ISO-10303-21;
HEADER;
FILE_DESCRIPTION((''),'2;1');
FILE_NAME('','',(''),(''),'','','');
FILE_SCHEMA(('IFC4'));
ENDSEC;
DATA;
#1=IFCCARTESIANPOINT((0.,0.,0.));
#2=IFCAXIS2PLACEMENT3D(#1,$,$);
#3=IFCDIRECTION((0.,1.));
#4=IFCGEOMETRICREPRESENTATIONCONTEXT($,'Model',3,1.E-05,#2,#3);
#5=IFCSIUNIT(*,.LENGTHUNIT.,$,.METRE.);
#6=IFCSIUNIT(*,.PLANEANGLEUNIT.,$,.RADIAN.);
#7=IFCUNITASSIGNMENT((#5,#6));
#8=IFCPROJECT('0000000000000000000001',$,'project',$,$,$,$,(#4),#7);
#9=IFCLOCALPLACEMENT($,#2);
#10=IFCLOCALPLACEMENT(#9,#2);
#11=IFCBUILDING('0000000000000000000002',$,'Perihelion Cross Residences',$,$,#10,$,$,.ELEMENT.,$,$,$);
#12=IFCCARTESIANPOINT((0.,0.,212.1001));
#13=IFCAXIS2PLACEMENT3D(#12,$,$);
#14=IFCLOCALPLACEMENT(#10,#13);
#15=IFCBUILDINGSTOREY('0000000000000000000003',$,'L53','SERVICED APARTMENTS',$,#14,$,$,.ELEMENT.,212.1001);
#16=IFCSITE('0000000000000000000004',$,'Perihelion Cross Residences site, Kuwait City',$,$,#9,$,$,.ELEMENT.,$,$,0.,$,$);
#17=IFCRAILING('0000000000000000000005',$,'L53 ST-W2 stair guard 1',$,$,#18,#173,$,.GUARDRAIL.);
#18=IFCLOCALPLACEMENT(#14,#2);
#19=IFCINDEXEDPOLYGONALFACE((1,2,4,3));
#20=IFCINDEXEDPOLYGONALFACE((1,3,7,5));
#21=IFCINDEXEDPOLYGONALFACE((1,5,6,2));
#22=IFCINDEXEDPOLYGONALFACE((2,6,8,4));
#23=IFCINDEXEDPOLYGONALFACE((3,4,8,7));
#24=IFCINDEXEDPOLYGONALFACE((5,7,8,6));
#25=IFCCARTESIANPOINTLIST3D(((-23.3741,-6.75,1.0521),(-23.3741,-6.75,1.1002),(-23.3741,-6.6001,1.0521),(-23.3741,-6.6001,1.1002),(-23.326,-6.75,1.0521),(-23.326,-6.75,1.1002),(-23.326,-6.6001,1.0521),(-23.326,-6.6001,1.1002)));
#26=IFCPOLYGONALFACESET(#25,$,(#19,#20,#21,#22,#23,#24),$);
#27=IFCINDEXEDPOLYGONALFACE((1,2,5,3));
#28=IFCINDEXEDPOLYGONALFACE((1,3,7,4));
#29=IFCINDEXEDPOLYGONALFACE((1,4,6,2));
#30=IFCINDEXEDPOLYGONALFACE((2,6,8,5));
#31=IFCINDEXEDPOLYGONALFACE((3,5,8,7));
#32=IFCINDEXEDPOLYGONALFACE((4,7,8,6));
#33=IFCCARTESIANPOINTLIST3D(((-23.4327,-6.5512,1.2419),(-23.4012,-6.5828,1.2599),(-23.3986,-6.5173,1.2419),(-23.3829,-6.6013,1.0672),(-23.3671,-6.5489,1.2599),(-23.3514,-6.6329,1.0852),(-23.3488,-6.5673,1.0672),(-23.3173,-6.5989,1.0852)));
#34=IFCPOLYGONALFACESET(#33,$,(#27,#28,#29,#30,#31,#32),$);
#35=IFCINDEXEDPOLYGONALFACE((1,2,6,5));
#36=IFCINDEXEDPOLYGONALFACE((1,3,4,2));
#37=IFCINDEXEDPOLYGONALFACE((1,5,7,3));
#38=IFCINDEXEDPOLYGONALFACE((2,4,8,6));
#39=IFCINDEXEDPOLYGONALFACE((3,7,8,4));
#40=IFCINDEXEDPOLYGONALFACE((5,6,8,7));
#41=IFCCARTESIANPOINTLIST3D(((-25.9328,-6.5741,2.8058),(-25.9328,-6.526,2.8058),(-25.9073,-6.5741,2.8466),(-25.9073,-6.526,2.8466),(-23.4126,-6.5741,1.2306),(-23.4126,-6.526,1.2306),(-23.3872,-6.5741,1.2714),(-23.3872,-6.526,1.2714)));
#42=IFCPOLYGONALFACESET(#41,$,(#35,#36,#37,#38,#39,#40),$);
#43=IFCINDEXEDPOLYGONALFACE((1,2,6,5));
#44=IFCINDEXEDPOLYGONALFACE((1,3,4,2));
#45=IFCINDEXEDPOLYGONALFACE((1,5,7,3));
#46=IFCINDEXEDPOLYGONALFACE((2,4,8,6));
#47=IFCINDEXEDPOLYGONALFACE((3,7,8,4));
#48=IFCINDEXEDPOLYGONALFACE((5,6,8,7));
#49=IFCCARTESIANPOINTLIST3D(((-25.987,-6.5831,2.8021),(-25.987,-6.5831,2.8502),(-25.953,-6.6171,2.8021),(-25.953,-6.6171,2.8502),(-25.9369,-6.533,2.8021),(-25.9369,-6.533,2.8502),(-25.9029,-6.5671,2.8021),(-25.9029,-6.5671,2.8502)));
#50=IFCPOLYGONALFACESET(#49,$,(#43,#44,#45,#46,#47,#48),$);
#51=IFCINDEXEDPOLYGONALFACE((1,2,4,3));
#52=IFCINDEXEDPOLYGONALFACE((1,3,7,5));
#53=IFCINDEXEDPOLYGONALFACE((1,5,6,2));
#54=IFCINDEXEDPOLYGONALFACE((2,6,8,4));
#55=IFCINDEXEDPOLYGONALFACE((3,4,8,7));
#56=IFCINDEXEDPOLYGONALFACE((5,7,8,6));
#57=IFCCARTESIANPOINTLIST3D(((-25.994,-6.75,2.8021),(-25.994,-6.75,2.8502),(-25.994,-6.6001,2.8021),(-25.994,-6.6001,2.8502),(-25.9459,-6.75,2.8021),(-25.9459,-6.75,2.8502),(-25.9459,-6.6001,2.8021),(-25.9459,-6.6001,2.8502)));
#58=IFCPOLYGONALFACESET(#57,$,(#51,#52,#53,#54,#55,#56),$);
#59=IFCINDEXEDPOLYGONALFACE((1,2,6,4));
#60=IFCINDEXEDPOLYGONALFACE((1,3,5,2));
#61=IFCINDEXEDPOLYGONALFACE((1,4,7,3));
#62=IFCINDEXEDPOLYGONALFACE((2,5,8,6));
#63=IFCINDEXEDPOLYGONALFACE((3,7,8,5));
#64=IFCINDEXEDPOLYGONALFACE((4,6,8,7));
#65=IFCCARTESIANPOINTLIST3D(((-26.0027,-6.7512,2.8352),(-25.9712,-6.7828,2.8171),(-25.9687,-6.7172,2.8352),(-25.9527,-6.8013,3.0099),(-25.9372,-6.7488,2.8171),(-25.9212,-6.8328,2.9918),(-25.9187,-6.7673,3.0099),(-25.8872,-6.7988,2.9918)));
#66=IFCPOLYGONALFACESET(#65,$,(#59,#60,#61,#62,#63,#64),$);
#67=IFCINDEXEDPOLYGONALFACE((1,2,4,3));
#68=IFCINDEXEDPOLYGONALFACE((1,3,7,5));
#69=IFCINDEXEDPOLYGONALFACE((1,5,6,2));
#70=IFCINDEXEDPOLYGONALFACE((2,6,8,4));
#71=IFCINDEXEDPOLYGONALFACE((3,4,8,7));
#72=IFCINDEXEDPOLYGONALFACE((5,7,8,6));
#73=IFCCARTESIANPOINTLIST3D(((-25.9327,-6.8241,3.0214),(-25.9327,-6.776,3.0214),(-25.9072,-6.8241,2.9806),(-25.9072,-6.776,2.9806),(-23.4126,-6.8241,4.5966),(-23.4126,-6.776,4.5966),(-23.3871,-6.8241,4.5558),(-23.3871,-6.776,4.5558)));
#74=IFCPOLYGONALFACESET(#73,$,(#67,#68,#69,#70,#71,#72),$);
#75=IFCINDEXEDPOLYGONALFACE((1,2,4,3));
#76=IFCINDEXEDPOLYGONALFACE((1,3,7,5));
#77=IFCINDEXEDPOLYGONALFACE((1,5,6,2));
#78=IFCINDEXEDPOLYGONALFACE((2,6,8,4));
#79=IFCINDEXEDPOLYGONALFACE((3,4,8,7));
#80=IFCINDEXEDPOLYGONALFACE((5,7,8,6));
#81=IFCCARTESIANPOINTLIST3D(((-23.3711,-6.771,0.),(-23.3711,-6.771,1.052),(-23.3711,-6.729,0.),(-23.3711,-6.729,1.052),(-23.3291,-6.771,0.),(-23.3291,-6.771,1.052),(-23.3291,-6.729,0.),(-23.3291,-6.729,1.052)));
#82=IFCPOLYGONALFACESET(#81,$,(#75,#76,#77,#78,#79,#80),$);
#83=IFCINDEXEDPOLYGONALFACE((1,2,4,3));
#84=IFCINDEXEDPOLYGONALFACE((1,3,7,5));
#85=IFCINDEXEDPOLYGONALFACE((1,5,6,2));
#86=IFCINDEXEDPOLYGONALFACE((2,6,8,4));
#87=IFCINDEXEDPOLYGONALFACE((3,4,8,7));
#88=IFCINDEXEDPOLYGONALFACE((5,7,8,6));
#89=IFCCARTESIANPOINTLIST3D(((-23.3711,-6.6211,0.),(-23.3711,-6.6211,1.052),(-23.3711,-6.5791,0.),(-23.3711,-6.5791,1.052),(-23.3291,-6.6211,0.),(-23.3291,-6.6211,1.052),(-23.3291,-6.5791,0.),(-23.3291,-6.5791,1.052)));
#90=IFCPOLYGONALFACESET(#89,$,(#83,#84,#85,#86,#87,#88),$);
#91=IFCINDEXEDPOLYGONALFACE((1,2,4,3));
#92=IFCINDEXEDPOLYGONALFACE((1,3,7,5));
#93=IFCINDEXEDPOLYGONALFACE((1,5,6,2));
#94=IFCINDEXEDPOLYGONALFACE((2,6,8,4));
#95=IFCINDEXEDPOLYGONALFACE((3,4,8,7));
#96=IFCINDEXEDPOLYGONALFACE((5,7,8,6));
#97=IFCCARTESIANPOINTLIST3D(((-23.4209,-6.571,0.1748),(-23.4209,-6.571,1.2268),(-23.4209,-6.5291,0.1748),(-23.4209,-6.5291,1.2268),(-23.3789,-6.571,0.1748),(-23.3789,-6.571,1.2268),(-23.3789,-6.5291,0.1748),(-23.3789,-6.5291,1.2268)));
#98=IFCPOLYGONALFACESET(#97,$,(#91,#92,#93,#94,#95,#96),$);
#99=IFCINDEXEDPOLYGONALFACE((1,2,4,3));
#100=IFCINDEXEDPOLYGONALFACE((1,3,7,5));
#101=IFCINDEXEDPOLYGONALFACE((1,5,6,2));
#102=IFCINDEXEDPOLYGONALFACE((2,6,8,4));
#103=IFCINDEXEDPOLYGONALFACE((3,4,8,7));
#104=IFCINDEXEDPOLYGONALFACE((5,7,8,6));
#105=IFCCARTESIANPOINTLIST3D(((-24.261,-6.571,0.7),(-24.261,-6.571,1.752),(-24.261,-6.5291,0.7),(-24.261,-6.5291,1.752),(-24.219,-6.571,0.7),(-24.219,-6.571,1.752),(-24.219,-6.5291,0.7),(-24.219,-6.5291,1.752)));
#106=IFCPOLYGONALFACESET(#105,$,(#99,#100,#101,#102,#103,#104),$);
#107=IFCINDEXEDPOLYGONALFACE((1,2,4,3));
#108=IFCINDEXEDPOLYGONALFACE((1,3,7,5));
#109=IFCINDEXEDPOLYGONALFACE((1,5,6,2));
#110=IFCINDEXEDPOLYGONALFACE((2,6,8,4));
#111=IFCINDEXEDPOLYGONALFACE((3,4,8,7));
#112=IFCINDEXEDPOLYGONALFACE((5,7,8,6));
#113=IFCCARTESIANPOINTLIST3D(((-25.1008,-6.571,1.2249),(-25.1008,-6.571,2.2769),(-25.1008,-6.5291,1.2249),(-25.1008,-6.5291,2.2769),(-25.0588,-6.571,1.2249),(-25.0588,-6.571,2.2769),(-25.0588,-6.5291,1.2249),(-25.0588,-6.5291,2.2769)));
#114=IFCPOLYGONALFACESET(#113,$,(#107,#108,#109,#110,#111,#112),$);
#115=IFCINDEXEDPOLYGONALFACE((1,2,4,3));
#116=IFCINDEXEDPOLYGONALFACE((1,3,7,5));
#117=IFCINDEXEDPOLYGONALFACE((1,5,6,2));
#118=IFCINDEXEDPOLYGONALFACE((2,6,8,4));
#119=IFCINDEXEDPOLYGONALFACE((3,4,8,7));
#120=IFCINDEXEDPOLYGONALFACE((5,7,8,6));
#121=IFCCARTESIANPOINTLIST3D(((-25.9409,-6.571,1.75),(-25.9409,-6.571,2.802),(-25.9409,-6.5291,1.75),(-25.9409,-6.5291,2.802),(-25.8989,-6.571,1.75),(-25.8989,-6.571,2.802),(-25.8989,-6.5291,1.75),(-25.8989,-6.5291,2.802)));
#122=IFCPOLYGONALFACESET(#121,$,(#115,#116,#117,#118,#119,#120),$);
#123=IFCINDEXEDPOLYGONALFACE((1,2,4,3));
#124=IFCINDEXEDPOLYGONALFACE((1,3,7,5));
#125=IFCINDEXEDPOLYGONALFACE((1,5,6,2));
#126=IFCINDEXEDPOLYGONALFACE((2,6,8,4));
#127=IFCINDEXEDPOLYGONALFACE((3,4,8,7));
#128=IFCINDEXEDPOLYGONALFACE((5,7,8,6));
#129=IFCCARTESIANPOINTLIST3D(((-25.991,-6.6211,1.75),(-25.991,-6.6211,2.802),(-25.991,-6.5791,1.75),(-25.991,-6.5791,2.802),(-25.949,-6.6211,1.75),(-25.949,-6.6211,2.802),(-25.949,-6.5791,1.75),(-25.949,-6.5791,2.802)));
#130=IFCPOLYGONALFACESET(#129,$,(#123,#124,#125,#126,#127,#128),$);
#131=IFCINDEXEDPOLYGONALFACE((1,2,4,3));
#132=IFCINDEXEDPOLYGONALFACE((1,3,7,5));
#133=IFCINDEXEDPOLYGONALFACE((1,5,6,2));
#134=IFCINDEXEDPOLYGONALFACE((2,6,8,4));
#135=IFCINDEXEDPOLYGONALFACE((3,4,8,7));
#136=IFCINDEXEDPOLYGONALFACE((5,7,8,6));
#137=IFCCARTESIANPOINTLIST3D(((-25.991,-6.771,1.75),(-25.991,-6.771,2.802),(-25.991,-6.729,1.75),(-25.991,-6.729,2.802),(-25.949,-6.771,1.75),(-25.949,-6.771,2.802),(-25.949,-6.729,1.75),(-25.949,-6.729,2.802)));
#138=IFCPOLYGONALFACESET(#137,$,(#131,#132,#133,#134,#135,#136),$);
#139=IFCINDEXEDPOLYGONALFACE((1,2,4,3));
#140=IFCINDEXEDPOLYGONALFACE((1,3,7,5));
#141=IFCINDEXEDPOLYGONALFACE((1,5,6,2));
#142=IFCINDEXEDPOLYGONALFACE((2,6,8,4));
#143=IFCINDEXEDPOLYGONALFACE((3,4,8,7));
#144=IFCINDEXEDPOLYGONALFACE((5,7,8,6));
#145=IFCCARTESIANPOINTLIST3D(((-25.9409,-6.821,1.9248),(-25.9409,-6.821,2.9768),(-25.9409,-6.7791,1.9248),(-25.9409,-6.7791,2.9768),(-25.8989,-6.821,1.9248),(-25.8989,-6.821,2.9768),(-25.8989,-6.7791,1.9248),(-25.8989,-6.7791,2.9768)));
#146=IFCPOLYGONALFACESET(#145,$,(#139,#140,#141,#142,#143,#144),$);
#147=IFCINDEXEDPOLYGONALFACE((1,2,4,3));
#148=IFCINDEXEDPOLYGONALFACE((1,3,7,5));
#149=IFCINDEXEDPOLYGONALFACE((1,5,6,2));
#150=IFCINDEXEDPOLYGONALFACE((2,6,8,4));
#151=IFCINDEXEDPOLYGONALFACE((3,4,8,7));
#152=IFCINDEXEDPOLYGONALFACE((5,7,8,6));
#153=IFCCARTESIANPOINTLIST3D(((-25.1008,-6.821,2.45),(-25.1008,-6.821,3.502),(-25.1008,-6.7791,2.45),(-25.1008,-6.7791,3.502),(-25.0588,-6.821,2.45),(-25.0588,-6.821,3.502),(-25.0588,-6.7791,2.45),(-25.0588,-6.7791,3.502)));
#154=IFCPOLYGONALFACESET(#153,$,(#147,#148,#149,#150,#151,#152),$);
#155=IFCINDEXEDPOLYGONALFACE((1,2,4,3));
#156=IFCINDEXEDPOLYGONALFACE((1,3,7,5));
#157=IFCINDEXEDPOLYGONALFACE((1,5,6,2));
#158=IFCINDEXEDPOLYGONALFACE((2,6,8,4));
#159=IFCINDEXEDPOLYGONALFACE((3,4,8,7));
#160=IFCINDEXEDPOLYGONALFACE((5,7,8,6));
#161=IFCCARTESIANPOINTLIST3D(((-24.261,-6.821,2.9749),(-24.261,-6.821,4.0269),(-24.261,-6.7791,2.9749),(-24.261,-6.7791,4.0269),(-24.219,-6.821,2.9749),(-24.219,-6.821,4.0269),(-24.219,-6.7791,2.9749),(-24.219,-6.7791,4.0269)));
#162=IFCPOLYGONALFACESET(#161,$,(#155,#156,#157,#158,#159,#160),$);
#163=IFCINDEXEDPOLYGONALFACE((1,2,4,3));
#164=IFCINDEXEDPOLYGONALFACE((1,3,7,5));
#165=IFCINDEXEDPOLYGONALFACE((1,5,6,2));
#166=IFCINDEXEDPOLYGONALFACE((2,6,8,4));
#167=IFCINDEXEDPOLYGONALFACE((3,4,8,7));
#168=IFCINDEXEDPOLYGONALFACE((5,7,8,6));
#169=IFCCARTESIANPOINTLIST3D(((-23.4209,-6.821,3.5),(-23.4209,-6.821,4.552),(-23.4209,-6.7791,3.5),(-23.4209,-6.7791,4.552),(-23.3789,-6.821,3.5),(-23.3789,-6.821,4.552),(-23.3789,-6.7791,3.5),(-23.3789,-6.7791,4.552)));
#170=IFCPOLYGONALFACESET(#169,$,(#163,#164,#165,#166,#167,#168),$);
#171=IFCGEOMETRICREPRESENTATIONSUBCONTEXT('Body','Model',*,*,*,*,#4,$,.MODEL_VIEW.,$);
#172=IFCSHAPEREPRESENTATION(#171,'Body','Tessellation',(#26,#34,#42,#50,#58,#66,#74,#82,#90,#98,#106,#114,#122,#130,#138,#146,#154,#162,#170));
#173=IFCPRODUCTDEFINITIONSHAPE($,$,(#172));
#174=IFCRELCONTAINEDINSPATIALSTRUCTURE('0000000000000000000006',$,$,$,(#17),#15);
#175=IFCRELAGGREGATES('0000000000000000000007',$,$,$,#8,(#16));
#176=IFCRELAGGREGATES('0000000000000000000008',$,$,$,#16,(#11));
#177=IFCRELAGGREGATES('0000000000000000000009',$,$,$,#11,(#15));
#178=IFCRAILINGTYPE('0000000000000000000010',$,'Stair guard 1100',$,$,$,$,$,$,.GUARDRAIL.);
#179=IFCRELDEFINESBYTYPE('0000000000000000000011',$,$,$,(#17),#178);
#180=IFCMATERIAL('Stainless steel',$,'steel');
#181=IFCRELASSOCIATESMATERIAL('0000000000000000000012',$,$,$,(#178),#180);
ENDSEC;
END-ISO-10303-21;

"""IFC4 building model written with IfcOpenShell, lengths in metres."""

from ifc_helpers import new_model, si_unit, direction, frame, origin, origin_2d, place, context, subcontext, project, spatial, rectangle, extrude, material, type_object, element, save


model = new_model("IFC4")

# Units and contexts
model_context = context("Model", 3, precision=1e-05, world=origin(), true_north=direction((0.0, 1.0)))
body_context = subcontext(model_context, "Body", "Model", "MODEL_VIEW")
ifc_project = project(units=[si_unit("LENGTHUNIT", "METRE"), si_unit("PLANEANGLEUNIT", "RADIAN")], contexts=[model_context])

# Site, building, storey
site_placement = place(None, origin())
site = spatial("IfcSite", under=ifc_project, at=site_placement, Name="Perihelion Cross Residences site, Kuwait City", CompositionType="ELEMENT", RefElevation=0.0)
building_placement = place(site_placement, origin())
building = spatial("IfcBuilding", under=site, at=building_placement, Name="Perihelion Cross Residences", CompositionType="ELEMENT")
storey_placement = place(building_placement, frame((0.0, 0.0, 212.1001)))
storey = spatial("IfcBuildingStorey", under=building, at=storey_placement, Name="L53", Description="SERVICED APARTMENTS", CompositionType="ELEMENT", Elevation=212.1001)

# Railing
ifc_material_1 = material(Name="Stainless steel", Category="steel")
railing_type_1 = type_object("IfcRailingType", Name="Stair guard 1100", PredefinedType="GUARDRAIL", material=ifc_material_1)
railing_1_placement = place(storey_placement, frame((-23.3501, -6.75, 0.0)))
element("IfcRailing", 1, at=railing_1_placement, inside=storey, type_object=railing_type_1, Name="L53 ST-W2 stair guard 1", PredefinedType="GUARDRAIL", context=body_context, shape_type="SweptSolid", body=[
    extrude(rectangle(XDim=0.0481, YDim=0.0481, at=origin_2d()), frame((0.0, 0.0, 1.0762), z_axis=(0.0, 1.0, 0.0), x_axis=(-1.0, 0.0, 0.0)), (0.0, 0.0, 1.0), 0.1499),
    extrude(rectangle(XDim=0.0481, YDim=0.0481, at=origin_2d()), frame((0.0, 0.1499, 1.0762), z_axis=(-0.264179, 0.265474, 0.927218), x_axis=(-0.708834, -0.705376, 0.0)), (0.0, 0.0, 1.0), 0.1885),
    extrude(rectangle(XDim=0.0481, YDim=0.0481, at=origin_2d()), frame((-0.0498, 0.2, 1.251), z_axis=(-0.847971, 0.0, 0.530043), x_axis=(0.0, -1.0, 0.0)), (0.0, 0.0, 1.0), 2.9719),
    extrude(rectangle(XDim=0.0481, YDim=0.0481, at=origin_2d()), frame((-2.5698, 0.2, 2.8262), z_axis=(-0.707107, -0.707107, 0.0), x_axis=(0.707107, -0.707107, 0.0)), (0.0, 0.0, 1.0), 0.0708),
    extrude(rectangle(XDim=0.0481, YDim=0.0481, at=origin_2d()), frame((-2.6199, 0.1499, 2.8262), z_axis=(0.0, -1.0, 0.0), x_axis=(1.0, 0.0, 0.0)), (0.0, 0.0, 1.0), 0.1499),
    extrude(rectangle(XDim=0.0481, YDim=0.0481, at=origin_2d()), frame((-2.6199, 0.0, 2.8262), z_axis=(0.265383, -0.265383, 0.9269), x_axis=(0.707107, 0.707107, 0.0)), (0.0, 0.0, 1.0), 0.1885),
    extrude(rectangle(XDim=0.0481, YDim=0.0481, at=origin_2d()), frame((-2.5698, -0.05, 3.001), z_axis=(0.847971, 0.0, 0.530043), x_axis=(0.0, 1.0, 0.0)), (0.0, 0.0, 1.0), 2.9719),
    extrude(rectangle(XDim=0.042, YDim=0.042, at=origin_2d()), origin(), (0.0, 0.0, 1.0), 1.052),
    extrude(rectangle(XDim=0.042, YDim=0.042, at=origin_2d()), frame((0.0, 0.1499, 0.0)), (0.0, 0.0, 1.0), 1.052),
    extrude(rectangle(XDim=0.042, YDim=0.042, at=origin_2d()), frame((-0.0498, 0.2, 0.1748)), (0.0, 0.0, 1.0), 1.052),
    extrude(rectangle(XDim=0.042, YDim=0.042, at=origin_2d()), frame((-0.8899, 0.2, 0.7)), (0.0, 0.0, 1.0), 1.052),
    extrude(rectangle(XDim=0.042, YDim=0.042, at=origin_2d()), frame((-1.7297, 0.2, 1.2249)), (0.0, 0.0, 1.0), 1.052),
    extrude(rectangle(XDim=0.042, YDim=0.042, at=origin_2d()), frame((-2.5698, 0.2, 1.75)), (0.0, 0.0, 1.0), 1.052),
    extrude(rectangle(XDim=0.042, YDim=0.042, at=origin_2d()), frame((-2.6199, 0.1499, 1.75)), (0.0, 0.0, 1.0), 1.052),
    extrude(rectangle(XDim=0.042, YDim=0.042, at=origin_2d()), frame((-2.6199, 0.0, 1.75)), (0.0, 0.0, 1.0), 1.052),
    extrude(rectangle(XDim=0.042, YDim=0.042, at=origin_2d()), frame((-2.5698, -0.05, 1.9248)), (0.0, 0.0, 1.0), 1.052),
    extrude(rectangle(XDim=0.042, YDim=0.042, at=origin_2d()), frame((-1.7297, -0.05, 2.45)), (0.0, 0.0, 1.0), 1.052),
    extrude(rectangle(XDim=0.042, YDim=0.042, at=origin_2d()), frame((-0.8899, -0.05, 2.9749)), (0.0, 0.0, 1.0), 1.052),
    extrude(rectangle(XDim=0.042, YDim=0.042, at=origin_2d()), frame((-0.0498, -0.05, 3.5)), (0.0, 0.0, 1.0), 1.052),
])

save(model, "model.ifc")
